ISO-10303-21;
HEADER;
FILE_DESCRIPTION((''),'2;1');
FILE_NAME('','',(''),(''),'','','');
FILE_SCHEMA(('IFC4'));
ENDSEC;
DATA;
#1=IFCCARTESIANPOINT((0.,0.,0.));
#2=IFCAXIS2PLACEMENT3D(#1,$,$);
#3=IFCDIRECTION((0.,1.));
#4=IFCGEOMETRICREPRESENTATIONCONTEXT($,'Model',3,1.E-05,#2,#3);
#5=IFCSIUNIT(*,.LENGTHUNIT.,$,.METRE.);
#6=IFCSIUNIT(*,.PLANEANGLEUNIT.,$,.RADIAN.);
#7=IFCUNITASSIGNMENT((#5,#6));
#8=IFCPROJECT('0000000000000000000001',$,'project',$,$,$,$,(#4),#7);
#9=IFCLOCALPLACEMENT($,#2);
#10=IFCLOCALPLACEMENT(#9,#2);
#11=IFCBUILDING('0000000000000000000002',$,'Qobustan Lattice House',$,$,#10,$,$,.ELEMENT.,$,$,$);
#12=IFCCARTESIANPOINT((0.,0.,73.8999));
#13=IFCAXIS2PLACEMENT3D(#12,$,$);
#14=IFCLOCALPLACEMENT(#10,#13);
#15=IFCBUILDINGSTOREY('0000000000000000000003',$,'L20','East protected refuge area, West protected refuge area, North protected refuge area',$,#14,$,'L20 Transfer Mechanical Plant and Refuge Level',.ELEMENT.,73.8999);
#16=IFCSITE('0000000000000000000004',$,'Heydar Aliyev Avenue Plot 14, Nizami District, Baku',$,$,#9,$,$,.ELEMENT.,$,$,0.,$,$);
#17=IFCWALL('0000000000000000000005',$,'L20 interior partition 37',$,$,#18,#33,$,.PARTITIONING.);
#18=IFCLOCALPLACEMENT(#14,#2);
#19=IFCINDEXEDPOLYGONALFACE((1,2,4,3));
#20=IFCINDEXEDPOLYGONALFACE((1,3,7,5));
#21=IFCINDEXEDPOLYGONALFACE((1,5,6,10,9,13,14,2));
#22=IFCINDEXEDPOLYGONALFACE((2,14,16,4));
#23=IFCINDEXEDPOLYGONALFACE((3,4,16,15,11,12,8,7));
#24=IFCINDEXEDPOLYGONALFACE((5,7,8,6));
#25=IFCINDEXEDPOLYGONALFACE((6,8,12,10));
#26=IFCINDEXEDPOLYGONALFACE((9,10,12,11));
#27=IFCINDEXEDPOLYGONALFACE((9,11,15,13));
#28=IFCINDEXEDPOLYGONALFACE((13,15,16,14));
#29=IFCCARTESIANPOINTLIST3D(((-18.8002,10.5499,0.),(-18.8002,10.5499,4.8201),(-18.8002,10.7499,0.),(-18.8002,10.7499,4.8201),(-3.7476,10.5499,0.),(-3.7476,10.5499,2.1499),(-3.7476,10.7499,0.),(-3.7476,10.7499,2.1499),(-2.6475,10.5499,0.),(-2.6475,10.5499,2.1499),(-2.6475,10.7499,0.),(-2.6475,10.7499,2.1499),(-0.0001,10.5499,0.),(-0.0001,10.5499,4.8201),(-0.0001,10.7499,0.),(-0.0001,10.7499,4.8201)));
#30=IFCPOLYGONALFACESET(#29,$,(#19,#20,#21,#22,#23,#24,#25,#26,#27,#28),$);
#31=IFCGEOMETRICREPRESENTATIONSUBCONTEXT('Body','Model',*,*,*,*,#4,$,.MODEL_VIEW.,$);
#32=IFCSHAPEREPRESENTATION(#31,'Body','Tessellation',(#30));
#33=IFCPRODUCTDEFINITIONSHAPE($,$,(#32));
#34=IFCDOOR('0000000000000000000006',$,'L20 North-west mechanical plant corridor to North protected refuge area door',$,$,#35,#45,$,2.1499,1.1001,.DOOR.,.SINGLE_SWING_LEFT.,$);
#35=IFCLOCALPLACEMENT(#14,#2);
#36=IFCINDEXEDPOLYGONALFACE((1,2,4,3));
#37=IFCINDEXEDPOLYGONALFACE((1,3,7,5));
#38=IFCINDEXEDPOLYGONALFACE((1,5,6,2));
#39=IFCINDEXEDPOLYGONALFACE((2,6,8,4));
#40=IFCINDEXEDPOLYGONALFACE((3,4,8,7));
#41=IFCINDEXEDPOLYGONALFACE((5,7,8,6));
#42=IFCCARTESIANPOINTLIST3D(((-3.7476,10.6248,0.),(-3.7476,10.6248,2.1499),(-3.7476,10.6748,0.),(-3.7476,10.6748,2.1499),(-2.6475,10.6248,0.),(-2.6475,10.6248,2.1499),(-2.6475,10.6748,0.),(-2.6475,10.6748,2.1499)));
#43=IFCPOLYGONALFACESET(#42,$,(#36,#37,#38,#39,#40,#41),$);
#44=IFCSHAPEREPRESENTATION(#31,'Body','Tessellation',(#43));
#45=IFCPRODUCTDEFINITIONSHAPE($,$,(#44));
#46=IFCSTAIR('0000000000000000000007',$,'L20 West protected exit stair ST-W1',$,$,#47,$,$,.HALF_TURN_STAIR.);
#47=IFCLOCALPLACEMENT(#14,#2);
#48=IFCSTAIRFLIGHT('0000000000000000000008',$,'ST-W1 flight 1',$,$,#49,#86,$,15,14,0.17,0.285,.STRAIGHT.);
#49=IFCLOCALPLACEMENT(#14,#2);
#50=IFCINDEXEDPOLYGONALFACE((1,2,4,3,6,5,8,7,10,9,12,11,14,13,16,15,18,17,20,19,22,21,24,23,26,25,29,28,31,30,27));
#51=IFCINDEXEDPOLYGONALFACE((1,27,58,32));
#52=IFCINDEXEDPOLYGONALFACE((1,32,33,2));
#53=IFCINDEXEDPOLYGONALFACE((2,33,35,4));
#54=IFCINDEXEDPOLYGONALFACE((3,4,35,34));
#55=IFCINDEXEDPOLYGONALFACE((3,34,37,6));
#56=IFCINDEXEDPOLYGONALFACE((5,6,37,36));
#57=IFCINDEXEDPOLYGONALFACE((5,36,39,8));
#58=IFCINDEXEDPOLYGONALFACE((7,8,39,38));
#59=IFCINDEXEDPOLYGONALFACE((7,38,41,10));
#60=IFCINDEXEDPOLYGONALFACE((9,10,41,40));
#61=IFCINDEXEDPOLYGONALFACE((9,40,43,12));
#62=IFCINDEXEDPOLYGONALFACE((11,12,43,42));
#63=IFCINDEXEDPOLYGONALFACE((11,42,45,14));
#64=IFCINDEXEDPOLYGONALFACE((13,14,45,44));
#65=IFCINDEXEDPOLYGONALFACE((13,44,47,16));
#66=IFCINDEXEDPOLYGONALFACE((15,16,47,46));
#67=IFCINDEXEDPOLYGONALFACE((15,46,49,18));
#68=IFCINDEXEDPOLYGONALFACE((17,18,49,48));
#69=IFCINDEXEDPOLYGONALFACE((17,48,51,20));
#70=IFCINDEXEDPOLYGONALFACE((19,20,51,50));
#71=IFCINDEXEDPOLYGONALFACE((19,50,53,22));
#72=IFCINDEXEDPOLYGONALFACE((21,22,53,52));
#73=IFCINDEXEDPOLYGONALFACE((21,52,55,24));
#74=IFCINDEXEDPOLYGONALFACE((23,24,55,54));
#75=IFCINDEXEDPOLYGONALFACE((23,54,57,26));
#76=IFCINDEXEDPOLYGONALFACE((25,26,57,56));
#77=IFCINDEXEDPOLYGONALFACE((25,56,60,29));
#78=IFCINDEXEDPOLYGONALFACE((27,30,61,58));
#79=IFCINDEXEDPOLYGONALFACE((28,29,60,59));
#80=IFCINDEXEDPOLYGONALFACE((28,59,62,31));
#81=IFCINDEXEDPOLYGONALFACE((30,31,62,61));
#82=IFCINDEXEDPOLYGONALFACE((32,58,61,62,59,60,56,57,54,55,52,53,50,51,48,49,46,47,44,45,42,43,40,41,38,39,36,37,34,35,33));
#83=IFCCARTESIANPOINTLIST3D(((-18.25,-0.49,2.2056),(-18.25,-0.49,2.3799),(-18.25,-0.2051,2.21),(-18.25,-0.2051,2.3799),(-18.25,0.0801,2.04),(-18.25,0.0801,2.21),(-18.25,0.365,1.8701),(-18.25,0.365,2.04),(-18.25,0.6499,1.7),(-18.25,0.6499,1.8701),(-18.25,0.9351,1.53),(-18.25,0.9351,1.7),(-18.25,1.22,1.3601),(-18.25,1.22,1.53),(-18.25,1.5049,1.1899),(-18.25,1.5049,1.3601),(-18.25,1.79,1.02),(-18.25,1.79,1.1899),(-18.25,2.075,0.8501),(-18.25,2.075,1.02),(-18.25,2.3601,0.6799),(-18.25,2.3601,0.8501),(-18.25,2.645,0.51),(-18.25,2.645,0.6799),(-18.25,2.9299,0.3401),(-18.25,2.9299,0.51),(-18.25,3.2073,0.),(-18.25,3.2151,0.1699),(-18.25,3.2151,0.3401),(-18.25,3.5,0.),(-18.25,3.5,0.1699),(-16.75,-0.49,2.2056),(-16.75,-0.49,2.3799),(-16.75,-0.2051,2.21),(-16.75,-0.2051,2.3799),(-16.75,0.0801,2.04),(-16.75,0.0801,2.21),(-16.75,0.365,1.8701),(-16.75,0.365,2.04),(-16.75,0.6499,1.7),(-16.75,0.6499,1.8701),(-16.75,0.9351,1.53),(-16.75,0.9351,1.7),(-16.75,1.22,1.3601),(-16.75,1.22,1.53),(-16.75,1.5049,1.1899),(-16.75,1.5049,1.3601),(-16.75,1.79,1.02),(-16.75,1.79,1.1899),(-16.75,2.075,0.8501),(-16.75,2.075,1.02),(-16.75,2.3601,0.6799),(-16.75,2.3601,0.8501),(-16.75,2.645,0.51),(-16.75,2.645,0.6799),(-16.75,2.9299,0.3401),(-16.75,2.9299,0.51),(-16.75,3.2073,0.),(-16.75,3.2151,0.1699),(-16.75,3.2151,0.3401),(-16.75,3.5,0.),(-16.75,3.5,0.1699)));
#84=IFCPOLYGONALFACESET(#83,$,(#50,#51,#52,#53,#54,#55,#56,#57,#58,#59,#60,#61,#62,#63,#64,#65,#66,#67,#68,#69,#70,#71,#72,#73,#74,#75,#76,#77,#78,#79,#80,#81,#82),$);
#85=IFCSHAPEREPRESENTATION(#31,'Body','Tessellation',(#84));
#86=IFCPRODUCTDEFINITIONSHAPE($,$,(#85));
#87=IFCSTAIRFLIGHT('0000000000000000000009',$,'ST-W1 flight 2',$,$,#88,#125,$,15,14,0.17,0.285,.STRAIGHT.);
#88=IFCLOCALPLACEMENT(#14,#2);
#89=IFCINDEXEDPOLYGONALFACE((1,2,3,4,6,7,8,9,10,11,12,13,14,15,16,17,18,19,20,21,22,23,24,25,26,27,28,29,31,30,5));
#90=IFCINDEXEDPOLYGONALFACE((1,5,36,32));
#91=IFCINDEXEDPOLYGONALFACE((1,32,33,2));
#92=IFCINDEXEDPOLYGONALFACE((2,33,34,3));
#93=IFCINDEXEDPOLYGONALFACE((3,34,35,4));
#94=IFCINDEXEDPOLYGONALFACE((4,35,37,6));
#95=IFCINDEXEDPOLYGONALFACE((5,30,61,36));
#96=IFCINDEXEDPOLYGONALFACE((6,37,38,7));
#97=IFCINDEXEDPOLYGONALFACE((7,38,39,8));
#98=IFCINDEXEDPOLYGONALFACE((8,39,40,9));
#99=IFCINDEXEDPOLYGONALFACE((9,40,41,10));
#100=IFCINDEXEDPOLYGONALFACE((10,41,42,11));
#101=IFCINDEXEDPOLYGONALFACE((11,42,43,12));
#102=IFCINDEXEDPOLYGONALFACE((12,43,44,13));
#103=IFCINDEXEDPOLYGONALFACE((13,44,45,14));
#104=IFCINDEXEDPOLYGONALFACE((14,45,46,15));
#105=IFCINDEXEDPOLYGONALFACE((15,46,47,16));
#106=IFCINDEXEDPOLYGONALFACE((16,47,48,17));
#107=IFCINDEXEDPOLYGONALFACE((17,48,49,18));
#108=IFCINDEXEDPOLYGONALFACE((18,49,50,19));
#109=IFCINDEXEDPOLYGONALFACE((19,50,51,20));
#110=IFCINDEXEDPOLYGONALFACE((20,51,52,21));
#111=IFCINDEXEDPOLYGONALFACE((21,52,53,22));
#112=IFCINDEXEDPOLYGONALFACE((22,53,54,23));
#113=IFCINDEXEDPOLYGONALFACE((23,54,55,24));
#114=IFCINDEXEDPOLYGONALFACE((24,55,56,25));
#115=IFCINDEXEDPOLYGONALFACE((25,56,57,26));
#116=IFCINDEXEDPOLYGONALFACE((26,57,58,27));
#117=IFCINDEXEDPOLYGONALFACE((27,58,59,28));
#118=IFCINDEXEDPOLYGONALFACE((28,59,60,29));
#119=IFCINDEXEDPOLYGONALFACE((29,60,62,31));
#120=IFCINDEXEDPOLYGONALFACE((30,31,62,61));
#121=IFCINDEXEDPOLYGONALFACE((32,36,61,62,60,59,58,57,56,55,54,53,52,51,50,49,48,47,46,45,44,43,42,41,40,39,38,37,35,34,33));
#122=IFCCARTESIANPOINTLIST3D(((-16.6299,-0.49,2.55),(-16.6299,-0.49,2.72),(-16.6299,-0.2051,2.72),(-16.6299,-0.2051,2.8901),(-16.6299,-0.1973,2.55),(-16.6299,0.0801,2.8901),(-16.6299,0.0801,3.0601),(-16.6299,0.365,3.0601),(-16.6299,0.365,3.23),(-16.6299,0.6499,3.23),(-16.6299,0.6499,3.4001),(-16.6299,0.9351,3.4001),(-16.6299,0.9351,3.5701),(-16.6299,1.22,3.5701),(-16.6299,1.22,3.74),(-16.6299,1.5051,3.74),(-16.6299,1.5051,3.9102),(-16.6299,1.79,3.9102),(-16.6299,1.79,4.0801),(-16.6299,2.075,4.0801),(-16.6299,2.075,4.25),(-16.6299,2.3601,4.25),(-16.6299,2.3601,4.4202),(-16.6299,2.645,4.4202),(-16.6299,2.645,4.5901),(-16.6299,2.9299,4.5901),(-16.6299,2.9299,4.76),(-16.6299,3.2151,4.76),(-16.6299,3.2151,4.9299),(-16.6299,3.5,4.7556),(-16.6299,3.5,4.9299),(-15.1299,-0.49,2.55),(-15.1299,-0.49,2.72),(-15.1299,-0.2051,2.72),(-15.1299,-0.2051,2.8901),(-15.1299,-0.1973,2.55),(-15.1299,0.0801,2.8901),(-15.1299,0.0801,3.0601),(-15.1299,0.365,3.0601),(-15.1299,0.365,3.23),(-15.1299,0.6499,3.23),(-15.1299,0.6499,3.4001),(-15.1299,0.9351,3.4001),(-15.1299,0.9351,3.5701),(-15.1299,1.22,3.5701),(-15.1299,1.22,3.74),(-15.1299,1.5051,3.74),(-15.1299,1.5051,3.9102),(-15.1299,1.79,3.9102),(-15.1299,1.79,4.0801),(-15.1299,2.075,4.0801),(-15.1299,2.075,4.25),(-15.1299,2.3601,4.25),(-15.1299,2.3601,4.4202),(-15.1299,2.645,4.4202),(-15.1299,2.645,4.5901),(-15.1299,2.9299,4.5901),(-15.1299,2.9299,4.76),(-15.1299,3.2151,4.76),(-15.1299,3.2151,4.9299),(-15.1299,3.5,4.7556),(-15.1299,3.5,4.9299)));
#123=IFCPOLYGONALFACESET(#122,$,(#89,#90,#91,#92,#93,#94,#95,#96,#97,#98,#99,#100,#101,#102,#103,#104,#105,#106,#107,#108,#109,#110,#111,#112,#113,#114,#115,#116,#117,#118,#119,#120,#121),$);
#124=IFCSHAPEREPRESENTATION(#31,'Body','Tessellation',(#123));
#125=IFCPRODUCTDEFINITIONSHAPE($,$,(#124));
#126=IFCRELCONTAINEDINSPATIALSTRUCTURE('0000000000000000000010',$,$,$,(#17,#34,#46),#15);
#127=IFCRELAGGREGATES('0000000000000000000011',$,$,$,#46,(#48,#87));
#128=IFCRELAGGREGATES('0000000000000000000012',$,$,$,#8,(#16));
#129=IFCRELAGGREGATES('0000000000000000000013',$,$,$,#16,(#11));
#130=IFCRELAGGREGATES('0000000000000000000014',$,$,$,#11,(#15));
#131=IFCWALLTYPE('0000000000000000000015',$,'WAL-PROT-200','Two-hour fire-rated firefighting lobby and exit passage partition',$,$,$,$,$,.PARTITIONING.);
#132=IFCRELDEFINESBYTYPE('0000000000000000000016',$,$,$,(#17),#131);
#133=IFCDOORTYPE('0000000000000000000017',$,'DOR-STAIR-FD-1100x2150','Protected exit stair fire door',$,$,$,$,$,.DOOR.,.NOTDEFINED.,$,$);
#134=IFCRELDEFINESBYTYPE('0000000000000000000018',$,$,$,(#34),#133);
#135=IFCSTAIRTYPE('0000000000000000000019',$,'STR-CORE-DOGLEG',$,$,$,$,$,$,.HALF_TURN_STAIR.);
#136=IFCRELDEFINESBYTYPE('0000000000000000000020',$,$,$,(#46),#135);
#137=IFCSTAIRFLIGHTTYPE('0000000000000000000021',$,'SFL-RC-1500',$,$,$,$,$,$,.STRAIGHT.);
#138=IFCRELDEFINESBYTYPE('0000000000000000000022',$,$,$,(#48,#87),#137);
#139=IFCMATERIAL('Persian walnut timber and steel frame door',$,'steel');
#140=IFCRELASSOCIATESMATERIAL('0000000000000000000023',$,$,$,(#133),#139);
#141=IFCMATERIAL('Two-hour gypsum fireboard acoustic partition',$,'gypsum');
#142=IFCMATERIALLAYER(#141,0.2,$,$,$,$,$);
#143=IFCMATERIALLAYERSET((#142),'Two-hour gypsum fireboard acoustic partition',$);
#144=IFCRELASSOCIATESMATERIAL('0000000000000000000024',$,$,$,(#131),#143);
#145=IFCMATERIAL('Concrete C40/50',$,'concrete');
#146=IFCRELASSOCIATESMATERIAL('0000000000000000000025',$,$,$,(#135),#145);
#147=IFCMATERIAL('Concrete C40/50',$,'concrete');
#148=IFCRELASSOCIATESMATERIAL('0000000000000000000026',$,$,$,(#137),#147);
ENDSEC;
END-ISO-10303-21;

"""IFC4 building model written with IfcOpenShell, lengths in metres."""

from ifc_helpers import new_model, si_unit, direction, frame, frame_2d, origin, place, context, subcontext, project, spatial, polyline, rectangle, outline, extrude, material, layer, layer_set, type_object, element, fill, aggregate, save


model = new_model("IFC4")

# Units and contexts
model_context = context("Model", 3, precision=1e-05, world=origin(), true_north=direction((0.0, 1.0)))
body_context = subcontext(model_context, "Body", "Model", "MODEL_VIEW")
ifc_project = project(units=[si_unit("LENGTHUNIT", "METRE"), si_unit("PLANEANGLEUNIT", "RADIAN")], contexts=[model_context])

# Site, building, storey
site_placement = place(None, origin())
site = spatial("IfcSite", under=ifc_project, at=site_placement, Name="Heydar Aliyev Avenue Plot 14, Nizami District, Baku", CompositionType="ELEMENT", RefElevation=0.0)
building_placement = place(site_placement, origin())
building = spatial("IfcBuilding", under=site, at=building_placement, Name="Qobustan Lattice House", CompositionType="ELEMENT")
storey_placement = place(building_placement, frame((0.0, 0.0, 73.8999)))
storey = spatial("IfcBuildingStorey", under=building, at=storey_placement, Name="L20", Description="East protected refuge area, West protected refuge area, North protected refuge area", LongName="L20 Transfer Mechanical Plant and Refuge Level", CompositionType="ELEMENT", Elevation=73.8999)

# Shared definitions
ifc_material_1 = material(Name="Persian walnut timber and steel frame door", Category="steel")
door_type_1 = type_object("IfcDoorType", Name="DOR-STAIR-FD-1100x2150", Description="Protected exit stair fire door", OperationType="NOTDEFINED", PredefinedType="DOOR", material=ifc_material_1)

# Shared definitions
ifc_material_2 = material(Name="Two-hour gypsum fireboard acoustic partition", Category="gypsum")
ifc_layer_1 = layer(ifc_material_2, 0.2)
ifc_layer_set_1 = layer_set([ifc_layer_1], Name="Two-hour gypsum fireboard acoustic partition")
wall_type_1 = type_object("IfcWallType", Name="WAL-PROT-200", Description="Two-hour fire-rated firefighting lobby and exit passage partition", PredefinedType="PARTITIONING", material=ifc_layer_set_1)

# Wall, opening, door
wall_1_placement = place(storey_placement, frame((-18.8, 10.6499, 0.0), z_axis=(0.0, 0.0, 1.0), x_axis=(1.0, 0.0, 0.0)))
wall_1 = element("IfcWall", 1, at=wall_1_placement, inside=storey, type_object=wall_type_1, Name="L20 interior partition 37", PredefinedType="PARTITIONING", context=body_context, shape_type="SweptSolid", body=[
    extrude(rectangle(XDim=18.8, YDim=0.2, at=frame_2d((9.3999, 0.0))), origin(), (0.0, 0.0, 1.0), 4.8201),
])
opening_1_placement = place(wall_1_placement, frame((15.0525, 0.0, 0.0)))
opening_1 = element("IfcOpeningElement", 2, at=opening_1_placement, cuts=wall_1, PredefinedType="OPENING", context=body_context, shape_type="SweptSolid", body=[
    extrude(rectangle(XDim=1.1001, YDim=2.1499, at=frame_2d((0.55, 1.075))), frame((0.0, 0.1099, 0.0), z_axis=(0.0, -1.0, 0.0), x_axis=(1.0, 0.0, 0.0)), (0.0, 0.0, 1.0), 0.22),
])
door_1_placement = place(opening_1_placement, origin())
door_1 = element("IfcDoor", 3, at=door_1_placement, inside=storey, type_object=door_type_1, Name="L20 North-west mechanical plant corridor to North protected refuge area door", OperationType="SINGLE_SWING_LEFT", OverallHeight=2.1499, OverallWidth=1.1001, PredefinedType="DOOR", context=body_context, shape_type="SweptSolid", body=[
    extrude(rectangle(XDim=1.1001, YDim=2.1499, at=frame_2d((0.55, 1.075))), frame((0.0, 0.0249, 0.0), z_axis=(0.0, -1.0, 0.0), x_axis=(1.0, 0.0, 0.0)), (0.0, 0.0, 1.0), 0.05),
])
fill(opening_1, door_1)

# Stair, stair flights
ifc_material_3 = material(Name="Concrete C40/50", Category="concrete")
stair_type = type_object("IfcStairType", Name="STR-CORE-DOGLEG", PredefinedType="HALF_TURN_STAIR", material=ifc_material_3)
stair_placement = place(storey_placement, origin())
stair = element("IfcStair", 4, at=stair_placement, inside=storey, type_object=stair_type, Name="L20 West protected exit stair ST-W1", PredefinedType="HALF_TURN_STAIR")
ifc_material_4 = material(Name="Concrete C40/50", Category="concrete")
stair_flight_type = type_object("IfcStairFlightType", Name="SFL-RC-1500", PredefinedType="STRAIGHT", material=ifc_material_4)
stair_flight_1_placement = place(storey_placement, frame((-17.5, 3.5, 0.0), z_axis=(0.0, 0.0, 1.0), x_axis=(0.0, -1.0, 0.0)))
stair_flight_1 = element("IfcStairFlight", 5, at=stair_flight_1_placement, type_object=stair_flight_type, Name="ST-W1 flight 1", NumberOfRisers=15, NumberOfTreads=14, PredefinedType="STRAIGHT", RiserHeight=0.17, TreadLength=0.285, context=body_context, shape_type="SweptSolid", body=[
    extrude(outline(polyline([(0.0, 0.0), (0.0, 0.1699), (0.2849, 0.1699), (0.2849, 0.3401), (0.5701, 0.3401), (0.5701, 0.51), (0.855, 0.51), (0.855, 0.6799), (1.1399, 0.6799), (1.1399, 0.8501), (1.425, 0.8501), (1.425, 1.02), (1.71, 1.02), (1.71, 1.1899), (1.9951, 1.1899), (1.9951, 1.3601), (2.28, 1.3601), (2.28, 1.53), (2.5649, 1.53), (2.5649, 1.7), (2.8501, 1.7), (2.8501, 1.8701), (3.135, 1.8701), (3.135, 2.04), (3.4199, 2.04), (3.4199, 2.21), (3.7051, 2.21), (3.7051, 2.3799), (3.99, 2.3799), (3.99, 2.55), (3.99, 2.2056), (0.2927, 0.0), (0.0, 0.0)])), frame((0.0, 0.75, 0.0), z_axis=(0.0, -1.0, 0.0), x_axis=(1.0, 0.0, 0.0)), (0.0, 0.0, 1.0), 1.5),
])
stair_flight_2_placement = place(storey_placement, frame((-15.8799, -0.49, 2.55), z_axis=(0.0, 0.0, 1.0), x_axis=(0.0, 1.0, 0.0)))
stair_flight_2 = element("IfcStairFlight", 6, at=stair_flight_2_placement, type_object=stair_flight_type, Name="ST-W1 flight 2", NumberOfRisers=15, NumberOfTreads=14, PredefinedType="STRAIGHT", RiserHeight=0.17, TreadLength=0.285, context=body_context, shape_type="SweptSolid", body=[
    extrude(outline(polyline([(0.0, 0.0), (0.0, 0.1699), (0.2849, 0.1699), (0.2849, 0.3401), (0.5701, 0.3401), (0.5701, 0.51), (0.855, 0.51), (0.855, 0.6799), (1.1399, 0.6799), (1.1399, 0.8501), (1.425, 0.8501), (1.425, 1.02), (1.71, 1.02), (1.71, 1.1899), (1.9951, 1.1899), (1.9951, 1.3601), (2.28, 1.3601), (2.28, 1.53), (2.5649, 1.53), (2.5649, 1.7), (2.8501, 1.7), (2.8501, 1.8701), (3.135, 1.8701), (3.135, 2.04), (3.4199, 2.04), (3.4199, 2.21), (3.7051, 2.21), (3.7051, 2.3799), (3.99, 2.3799), (3.99, 2.55), (3.99, 2.2056), (0.2927, 0.0), (0.0, 0.0)])), frame((0.0, 0.75, 0.0), z_axis=(0.0, -1.0, 0.0), x_axis=(1.0, 0.0, 0.0)), (0.0, 0.0, 1.0), 1.5),
])
aggregate(stair, [stair_flight_1, stair_flight_2])

save(model, "model.ifc")
